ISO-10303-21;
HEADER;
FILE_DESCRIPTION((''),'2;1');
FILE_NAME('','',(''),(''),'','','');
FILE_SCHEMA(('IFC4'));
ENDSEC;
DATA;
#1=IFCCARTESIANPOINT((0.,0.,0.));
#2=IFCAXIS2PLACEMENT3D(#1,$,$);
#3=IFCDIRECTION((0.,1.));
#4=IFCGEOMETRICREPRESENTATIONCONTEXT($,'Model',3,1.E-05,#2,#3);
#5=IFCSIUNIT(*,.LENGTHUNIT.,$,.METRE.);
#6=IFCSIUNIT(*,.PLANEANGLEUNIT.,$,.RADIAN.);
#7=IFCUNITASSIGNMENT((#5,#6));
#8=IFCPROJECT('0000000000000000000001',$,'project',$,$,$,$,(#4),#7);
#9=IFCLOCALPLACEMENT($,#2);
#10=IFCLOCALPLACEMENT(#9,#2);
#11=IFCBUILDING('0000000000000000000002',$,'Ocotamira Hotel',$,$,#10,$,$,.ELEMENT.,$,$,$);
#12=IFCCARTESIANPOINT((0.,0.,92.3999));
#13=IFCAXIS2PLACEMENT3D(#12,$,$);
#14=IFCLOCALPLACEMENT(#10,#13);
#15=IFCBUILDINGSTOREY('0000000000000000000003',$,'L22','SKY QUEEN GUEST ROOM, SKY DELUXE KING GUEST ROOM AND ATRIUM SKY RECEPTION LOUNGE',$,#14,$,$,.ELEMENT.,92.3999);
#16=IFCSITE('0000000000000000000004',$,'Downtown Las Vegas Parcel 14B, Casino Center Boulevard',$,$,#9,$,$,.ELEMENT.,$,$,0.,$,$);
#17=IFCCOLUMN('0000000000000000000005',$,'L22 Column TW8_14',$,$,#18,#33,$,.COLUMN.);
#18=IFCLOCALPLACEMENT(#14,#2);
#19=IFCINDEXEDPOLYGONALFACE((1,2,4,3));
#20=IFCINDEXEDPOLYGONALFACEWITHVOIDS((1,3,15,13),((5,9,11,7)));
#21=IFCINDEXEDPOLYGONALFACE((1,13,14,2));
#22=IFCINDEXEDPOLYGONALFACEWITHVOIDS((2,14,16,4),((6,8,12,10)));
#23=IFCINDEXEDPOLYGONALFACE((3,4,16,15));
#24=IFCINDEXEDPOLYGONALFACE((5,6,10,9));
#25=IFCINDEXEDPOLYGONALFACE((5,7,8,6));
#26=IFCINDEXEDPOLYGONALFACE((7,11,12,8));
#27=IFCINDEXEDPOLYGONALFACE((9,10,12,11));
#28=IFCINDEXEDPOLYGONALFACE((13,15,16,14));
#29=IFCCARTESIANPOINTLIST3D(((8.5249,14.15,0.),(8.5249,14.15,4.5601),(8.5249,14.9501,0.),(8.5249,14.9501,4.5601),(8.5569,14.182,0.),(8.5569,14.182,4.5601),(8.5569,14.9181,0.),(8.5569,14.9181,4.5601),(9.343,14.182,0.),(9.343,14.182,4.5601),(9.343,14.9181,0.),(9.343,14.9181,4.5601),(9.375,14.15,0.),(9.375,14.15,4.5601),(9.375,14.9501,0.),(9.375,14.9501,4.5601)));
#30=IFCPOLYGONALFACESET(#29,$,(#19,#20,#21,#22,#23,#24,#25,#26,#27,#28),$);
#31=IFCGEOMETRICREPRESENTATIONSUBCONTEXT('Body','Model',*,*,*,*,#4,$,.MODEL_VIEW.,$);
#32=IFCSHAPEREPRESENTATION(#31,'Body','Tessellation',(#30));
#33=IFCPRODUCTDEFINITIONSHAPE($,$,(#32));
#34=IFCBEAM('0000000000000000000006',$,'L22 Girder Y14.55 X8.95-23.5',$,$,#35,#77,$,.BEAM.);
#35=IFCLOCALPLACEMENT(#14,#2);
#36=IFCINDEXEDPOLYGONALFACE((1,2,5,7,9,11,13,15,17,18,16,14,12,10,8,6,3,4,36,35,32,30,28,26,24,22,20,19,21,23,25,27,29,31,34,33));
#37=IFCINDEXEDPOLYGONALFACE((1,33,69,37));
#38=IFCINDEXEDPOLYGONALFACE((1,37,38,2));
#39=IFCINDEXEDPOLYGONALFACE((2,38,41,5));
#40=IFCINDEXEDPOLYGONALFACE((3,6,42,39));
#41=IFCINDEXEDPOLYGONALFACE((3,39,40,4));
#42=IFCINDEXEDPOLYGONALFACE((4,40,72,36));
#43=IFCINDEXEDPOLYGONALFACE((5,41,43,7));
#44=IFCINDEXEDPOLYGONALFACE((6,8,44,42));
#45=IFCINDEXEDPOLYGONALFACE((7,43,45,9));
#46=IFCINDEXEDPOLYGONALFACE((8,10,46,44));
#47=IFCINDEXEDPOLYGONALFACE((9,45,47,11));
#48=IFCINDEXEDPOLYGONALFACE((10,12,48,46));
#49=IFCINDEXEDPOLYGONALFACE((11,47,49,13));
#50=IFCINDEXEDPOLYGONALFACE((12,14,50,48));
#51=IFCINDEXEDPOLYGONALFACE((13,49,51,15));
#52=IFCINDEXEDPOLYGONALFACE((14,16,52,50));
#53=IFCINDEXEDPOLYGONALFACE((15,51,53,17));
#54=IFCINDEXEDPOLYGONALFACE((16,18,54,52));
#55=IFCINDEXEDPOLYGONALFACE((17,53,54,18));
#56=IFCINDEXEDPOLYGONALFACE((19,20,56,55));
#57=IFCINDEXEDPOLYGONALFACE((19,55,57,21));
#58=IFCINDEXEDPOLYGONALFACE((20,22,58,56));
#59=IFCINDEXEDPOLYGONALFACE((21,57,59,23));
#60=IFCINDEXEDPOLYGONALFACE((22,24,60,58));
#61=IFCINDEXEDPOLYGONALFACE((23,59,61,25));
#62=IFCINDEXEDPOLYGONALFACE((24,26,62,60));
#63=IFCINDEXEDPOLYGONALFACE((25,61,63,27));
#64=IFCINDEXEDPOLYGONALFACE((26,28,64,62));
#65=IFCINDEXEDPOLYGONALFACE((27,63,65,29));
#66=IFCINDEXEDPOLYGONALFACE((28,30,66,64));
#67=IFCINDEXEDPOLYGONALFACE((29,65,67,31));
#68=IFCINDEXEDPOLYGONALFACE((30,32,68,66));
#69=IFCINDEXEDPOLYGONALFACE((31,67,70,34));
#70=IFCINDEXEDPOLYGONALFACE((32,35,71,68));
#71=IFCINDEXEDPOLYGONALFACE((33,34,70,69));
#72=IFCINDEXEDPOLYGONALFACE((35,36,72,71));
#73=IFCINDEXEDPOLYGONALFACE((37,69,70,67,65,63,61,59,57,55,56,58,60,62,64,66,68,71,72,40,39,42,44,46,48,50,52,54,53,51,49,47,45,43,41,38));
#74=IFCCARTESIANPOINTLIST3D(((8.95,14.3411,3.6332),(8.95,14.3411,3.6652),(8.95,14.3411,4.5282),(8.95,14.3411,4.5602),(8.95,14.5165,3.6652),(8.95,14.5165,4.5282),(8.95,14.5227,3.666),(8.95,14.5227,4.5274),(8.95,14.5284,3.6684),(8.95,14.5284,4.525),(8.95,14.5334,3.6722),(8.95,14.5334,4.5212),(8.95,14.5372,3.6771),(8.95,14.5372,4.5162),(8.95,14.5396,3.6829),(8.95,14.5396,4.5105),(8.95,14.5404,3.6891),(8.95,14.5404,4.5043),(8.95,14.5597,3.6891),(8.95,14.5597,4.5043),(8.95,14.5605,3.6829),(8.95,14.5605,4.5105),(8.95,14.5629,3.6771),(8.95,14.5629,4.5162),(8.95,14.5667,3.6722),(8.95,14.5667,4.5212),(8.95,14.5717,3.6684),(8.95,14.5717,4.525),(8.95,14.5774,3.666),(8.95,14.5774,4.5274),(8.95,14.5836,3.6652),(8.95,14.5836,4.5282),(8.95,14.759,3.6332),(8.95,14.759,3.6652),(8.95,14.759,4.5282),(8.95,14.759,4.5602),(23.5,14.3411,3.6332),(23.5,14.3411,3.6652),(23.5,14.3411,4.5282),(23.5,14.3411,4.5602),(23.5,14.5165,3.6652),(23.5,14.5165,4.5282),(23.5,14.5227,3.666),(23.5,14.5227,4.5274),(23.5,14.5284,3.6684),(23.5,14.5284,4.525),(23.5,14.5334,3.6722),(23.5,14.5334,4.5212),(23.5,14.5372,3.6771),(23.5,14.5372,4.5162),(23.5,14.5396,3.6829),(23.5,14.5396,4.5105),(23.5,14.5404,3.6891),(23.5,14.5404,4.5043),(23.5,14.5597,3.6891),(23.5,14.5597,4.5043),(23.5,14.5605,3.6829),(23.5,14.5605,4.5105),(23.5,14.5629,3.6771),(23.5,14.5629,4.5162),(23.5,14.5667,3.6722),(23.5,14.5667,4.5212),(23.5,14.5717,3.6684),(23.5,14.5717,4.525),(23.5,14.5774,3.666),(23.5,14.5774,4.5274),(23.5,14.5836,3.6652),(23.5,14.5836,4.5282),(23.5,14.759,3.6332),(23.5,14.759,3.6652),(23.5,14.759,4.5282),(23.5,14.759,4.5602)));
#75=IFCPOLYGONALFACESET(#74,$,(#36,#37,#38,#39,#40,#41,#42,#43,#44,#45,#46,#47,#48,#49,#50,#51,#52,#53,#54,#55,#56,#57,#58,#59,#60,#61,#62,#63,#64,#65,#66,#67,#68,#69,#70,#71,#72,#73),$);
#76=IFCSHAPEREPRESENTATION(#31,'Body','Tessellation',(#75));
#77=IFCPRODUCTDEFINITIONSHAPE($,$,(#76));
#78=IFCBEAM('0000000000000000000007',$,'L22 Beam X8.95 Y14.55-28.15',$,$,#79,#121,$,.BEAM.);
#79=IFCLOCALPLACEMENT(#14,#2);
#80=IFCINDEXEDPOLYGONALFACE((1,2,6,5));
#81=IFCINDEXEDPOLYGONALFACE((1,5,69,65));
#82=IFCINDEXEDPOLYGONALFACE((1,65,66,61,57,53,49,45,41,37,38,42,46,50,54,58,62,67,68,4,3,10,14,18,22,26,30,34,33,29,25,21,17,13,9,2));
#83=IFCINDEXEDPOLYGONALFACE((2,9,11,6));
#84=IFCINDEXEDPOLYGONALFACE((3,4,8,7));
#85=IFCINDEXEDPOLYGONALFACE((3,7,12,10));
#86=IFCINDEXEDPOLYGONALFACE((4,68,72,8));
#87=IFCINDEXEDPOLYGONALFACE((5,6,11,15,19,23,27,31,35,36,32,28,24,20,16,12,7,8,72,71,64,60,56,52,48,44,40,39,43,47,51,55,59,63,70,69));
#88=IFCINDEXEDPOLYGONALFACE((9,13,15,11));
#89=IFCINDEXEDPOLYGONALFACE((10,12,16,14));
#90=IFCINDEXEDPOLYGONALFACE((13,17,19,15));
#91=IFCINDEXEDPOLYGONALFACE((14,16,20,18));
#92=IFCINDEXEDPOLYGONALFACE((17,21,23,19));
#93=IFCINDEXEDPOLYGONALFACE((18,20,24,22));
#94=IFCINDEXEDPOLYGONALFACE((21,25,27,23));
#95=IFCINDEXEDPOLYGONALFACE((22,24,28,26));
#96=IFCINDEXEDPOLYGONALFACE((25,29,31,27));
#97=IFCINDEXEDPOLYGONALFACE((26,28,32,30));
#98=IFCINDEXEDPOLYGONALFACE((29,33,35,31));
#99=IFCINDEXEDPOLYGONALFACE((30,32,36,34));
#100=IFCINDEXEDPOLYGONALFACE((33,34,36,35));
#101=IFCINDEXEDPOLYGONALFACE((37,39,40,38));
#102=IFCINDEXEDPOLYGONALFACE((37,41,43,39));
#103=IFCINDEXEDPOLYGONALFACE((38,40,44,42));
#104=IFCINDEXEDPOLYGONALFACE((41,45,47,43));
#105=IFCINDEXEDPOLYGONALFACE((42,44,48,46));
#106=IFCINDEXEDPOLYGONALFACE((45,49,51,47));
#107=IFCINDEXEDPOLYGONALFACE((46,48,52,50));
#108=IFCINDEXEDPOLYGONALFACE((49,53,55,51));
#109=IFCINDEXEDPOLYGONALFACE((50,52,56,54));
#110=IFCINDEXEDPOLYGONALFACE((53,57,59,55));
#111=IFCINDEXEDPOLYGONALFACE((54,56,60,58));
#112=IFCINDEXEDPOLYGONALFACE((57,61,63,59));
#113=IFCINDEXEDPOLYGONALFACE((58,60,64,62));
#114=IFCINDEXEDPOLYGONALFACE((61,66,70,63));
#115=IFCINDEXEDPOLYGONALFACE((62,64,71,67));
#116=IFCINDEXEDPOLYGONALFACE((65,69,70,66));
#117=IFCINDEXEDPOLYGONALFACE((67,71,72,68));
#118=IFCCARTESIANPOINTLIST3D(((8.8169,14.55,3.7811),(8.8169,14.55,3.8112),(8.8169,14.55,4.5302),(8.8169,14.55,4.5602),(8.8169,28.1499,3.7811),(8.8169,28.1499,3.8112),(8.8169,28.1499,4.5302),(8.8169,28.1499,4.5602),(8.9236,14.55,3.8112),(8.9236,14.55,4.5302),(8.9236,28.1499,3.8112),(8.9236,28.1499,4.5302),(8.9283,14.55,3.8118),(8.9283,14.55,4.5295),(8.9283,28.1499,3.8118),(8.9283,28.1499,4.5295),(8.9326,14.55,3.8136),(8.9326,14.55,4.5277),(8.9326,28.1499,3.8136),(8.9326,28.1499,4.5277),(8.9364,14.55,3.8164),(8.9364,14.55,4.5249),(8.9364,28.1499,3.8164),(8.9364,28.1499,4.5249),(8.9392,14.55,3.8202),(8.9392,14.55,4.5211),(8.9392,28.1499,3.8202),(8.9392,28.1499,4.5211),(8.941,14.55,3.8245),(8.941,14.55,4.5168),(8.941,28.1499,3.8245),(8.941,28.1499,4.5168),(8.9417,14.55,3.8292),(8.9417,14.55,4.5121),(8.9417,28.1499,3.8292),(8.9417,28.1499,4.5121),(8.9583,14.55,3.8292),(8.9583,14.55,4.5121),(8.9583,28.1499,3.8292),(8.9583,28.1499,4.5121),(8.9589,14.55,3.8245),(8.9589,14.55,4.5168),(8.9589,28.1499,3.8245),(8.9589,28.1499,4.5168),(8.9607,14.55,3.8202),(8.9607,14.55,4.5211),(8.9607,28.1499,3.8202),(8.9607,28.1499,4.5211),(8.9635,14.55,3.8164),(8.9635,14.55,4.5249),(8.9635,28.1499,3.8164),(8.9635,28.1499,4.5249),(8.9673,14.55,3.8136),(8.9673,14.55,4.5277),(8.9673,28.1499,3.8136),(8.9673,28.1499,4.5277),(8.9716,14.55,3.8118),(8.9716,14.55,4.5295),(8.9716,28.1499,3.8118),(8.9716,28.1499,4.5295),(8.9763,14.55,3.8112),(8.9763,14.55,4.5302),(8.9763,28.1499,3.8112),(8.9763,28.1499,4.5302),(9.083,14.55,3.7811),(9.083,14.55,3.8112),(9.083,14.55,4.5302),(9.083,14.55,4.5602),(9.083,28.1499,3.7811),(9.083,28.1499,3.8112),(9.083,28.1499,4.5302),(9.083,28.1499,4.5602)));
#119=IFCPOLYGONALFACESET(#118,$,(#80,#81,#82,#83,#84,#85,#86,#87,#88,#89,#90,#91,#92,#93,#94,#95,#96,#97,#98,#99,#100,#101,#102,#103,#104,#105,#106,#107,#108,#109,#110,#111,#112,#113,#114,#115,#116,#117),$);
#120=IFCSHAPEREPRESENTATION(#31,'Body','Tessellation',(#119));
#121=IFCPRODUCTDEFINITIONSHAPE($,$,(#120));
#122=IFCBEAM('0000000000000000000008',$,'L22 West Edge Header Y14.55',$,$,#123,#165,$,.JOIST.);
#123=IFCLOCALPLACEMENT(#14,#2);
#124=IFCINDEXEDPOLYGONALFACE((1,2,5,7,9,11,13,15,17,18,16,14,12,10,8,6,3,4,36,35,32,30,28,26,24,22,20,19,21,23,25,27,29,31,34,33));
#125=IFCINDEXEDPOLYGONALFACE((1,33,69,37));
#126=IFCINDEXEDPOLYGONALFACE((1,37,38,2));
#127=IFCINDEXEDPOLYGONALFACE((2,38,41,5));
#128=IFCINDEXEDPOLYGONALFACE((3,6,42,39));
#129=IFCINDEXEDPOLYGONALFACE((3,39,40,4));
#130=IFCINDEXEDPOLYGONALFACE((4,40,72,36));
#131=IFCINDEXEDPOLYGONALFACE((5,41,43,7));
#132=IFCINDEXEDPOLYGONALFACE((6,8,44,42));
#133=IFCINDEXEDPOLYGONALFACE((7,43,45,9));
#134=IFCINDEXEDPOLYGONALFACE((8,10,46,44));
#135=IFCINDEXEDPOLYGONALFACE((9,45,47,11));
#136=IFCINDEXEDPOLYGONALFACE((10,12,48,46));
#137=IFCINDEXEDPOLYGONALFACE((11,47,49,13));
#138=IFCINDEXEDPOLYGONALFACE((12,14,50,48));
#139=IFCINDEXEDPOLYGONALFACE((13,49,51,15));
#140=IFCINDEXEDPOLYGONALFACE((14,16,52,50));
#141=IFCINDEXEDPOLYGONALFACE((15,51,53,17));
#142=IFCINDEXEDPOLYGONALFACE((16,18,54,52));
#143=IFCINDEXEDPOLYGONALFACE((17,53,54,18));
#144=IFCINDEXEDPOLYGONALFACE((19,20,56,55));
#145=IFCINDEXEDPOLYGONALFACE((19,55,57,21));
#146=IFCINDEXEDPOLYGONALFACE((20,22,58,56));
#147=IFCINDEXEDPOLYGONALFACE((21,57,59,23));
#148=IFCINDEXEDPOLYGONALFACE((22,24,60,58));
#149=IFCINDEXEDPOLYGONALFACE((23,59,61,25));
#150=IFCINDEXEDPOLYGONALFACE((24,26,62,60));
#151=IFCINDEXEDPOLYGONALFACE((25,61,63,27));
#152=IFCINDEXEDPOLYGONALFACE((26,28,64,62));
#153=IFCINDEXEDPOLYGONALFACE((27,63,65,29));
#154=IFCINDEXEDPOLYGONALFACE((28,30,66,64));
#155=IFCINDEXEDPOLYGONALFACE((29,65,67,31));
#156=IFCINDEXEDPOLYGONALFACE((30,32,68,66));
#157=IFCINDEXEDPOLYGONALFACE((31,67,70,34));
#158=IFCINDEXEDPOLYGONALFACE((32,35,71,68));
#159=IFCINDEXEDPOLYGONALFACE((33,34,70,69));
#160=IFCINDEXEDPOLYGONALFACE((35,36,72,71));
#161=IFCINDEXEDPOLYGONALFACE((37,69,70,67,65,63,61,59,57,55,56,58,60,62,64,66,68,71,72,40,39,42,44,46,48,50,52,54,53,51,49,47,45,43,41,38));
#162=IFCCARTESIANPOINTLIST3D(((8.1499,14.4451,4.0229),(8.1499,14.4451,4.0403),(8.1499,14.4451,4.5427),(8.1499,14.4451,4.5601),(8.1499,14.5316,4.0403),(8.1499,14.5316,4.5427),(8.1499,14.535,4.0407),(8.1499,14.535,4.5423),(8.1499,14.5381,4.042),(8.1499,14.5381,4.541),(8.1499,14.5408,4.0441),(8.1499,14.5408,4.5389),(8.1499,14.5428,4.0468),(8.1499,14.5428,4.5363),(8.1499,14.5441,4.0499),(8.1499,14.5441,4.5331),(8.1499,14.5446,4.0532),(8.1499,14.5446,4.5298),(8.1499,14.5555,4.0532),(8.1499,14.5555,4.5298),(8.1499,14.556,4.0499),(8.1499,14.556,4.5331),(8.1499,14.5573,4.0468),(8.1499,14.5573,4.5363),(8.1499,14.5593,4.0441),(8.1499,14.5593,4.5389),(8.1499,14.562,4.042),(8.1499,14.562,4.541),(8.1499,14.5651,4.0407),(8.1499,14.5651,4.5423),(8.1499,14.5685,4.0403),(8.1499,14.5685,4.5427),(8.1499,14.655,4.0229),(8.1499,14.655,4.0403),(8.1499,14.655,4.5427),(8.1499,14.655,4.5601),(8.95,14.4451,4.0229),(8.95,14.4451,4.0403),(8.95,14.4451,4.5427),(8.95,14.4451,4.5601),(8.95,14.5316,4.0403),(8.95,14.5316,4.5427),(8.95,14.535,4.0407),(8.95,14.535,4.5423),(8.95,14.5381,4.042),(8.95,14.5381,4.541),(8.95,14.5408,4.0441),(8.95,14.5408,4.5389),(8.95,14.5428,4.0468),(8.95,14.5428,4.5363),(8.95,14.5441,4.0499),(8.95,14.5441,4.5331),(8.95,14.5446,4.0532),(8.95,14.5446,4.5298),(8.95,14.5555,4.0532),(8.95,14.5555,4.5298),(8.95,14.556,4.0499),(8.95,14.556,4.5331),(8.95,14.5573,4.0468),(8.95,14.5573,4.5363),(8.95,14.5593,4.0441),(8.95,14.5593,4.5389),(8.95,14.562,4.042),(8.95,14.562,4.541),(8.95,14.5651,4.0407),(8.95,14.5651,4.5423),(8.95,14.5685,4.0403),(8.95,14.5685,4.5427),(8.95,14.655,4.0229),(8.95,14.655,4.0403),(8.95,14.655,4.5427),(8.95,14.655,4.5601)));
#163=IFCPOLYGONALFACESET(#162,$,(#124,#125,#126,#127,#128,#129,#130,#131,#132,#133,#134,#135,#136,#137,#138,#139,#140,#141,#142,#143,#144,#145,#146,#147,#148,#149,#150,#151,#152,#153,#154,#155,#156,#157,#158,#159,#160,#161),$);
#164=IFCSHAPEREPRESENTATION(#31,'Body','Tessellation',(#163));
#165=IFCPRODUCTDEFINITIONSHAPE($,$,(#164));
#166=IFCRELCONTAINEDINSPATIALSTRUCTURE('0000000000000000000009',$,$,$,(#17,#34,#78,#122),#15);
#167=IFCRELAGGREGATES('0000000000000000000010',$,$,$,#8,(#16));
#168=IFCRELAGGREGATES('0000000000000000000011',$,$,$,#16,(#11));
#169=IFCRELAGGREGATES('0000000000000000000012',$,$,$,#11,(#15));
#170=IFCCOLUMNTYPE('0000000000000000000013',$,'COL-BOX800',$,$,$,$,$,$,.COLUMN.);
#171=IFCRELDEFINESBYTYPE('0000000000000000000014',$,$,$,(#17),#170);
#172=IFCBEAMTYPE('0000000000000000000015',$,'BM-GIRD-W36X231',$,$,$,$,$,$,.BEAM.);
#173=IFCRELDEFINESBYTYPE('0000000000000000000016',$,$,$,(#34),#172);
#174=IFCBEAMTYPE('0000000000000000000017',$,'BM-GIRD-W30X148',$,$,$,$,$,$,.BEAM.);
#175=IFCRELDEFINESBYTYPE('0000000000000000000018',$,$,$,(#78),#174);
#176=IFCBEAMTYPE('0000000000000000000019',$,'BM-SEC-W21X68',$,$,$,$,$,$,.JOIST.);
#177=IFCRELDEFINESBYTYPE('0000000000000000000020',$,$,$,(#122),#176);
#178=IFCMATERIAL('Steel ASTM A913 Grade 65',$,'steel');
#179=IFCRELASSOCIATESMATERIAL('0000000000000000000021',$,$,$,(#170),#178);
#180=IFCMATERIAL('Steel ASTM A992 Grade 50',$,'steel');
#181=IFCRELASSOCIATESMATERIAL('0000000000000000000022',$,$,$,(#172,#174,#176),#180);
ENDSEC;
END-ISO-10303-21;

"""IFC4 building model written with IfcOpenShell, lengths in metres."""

from ifc_helpers import new_model, si_unit, direction, frame, origin, origin_2d, place, context, subcontext, project, spatial, hollow_rectangle, i_section, extrude, source, transform, mapped, material, material_profile, profile_set, type_object, element, save


model = new_model("IFC4")

# Units and contexts
model_context = context("Model", 3, precision=1e-05, world=origin(), true_north=direction((0.0, 1.0)))
body_context = subcontext(model_context, "Body", "Model", "MODEL_VIEW")
ifc_project = project(units=[si_unit("LENGTHUNIT", "METRE"), si_unit("PLANEANGLEUNIT", "RADIAN")], contexts=[model_context])

# Site, building, storey
site_placement = place(None, origin())
site = spatial("IfcSite", under=ifc_project, at=site_placement, Name="Downtown Las Vegas Parcel 14B, Casino Center Boulevard", CompositionType="ELEMENT", RefElevation=0.0)
building_placement = place(site_placement, origin())
building = spatial("IfcBuilding", under=site, at=building_placement, Name="Ocotamira Hotel", CompositionType="ELEMENT")
storey_placement = place(building_placement, frame((0.0, 0.0, 92.3999)))
storey = spatial("IfcBuildingStorey", under=building, at=storey_placement, Name="L22", Description="SKY QUEEN GUEST ROOM, SKY DELUXE KING GUEST ROOM AND ATRIUM SKY RECEPTION LOUNGE", CompositionType="ELEMENT", Elevation=92.3999)

# Column
ifc_material_1 = material(Name="Steel ASTM A913 Grade 65", Category="steel")
ifc_material_profile_1 = material_profile(ifc_material_1, hollow_rectangle(XDim=0.8501, YDim=0.8, WallThickness=0.032, at=origin_2d()), Name="BOX800X850X32")
ifc_profile_set_1 = profile_set([ifc_material_profile_1], Name="Steel ASTM A913 Grade 65")
column_type = type_object("IfcColumnType", Name="COL-BOX800", PredefinedType="COLUMN", material=ifc_profile_set_1)
shared_shape_1 = source(origin(), body_context, "Body", "SweptSolid", [
    extrude(hollow_rectangle(XDim=0.8501, YDim=0.8, WallThickness=0.032, at=origin_2d()), origin(), (0.0, 0.0, 1.0), 4.5601),
])
column_placement = place(storey_placement, frame((8.95, 14.55, 0.0), z_axis=(0.0, 0.0, 1.0), x_axis=(1.0, 0.0, 0.0)))
element("IfcColumn", 1, at=column_placement, inside=storey, type_object=column_type, Name="L22 Column TW8_14", PredefinedType="COLUMN", context=body_context, shape_type="MappedRepresentation", body=[
    mapped(shared_shape_1, transform((0.0, 0.0, 0.0), scale=1.0)),
])

# Beams
ifc_material_2 = material(Name="Steel ASTM A992 Grade 50", Category="steel")
ifc_material_profile_2 = material_profile(ifc_material_2, i_section(OverallWidth=0.418, OverallDepth=0.927, WebThickness=0.0193, FlangeThickness=0.032, FilletRadius=0.0239, at=origin_2d()), Name="W36X231")
ifc_profile_set_2 = profile_set([ifc_material_profile_2], Name="Steel ASTM A992 Grade 50")
beam_type_1 = type_object("IfcBeamType", Name="BM-GIRD-W36X231", PredefinedType="BEAM", material=ifc_profile_set_2)
shared_shape_2 = source(origin(), body_context, "Body", "SweptSolid", [
    extrude(i_section(OverallWidth=0.418, OverallDepth=0.927, WebThickness=0.0193, FlangeThickness=0.032, FilletRadius=0.0239, at=origin_2d()), origin(), (0.0, 0.0, 1.0), 14.55),
])
beam_1_placement = place(storey_placement, frame((8.95, 14.55, 4.0967), z_axis=(1.0, 0.0, 0.0), x_axis=(0.0, 1.0, 0.0)))
element("IfcBeam", 2, at=beam_1_placement, inside=storey, type_object=beam_type_1, Name="L22 Girder Y14.55 X8.95-23.5", PredefinedType="BEAM", context=body_context, shape_type="MappedRepresentation", body=[
    mapped(shared_shape_2, transform((0.0, 0.0, 0.0), scale=1.0)),
])
ifc_material_profile_3 = material_profile(ifc_material_2, i_section(OverallWidth=0.2661, OverallDepth=0.7791, WebThickness=0.0166, FlangeThickness=0.03, FilletRadius=0.0181, at=origin_2d()), Name="W30X148")
ifc_profile_set_3 = profile_set([ifc_material_profile_3], Name="Steel ASTM A992 Grade 50")
beam_type_2 = type_object("IfcBeamType", Name="BM-GIRD-W30X148", PredefinedType="BEAM", material=ifc_profile_set_3)
shared_shape_3 = source(origin(), body_context, "Body", "SweptSolid", [
    extrude(i_section(OverallWidth=0.2661, OverallDepth=0.7791, WebThickness=0.0166, FlangeThickness=0.03, FilletRadius=0.0181, at=origin_2d()), origin(), (0.0, 0.0, 1.0), 13.5999),
])
beam_2_placement = place(storey_placement, frame((8.95, 14.55, 4.1707), z_axis=(0.0, 1.0, 0.0), x_axis=(-1.0, 0.0, 0.0)))
element("IfcBeam", 3, at=beam_2_placement, inside=storey, type_object=beam_type_2, Name="L22 Beam X8.95 Y14.55-28.15", PredefinedType="BEAM", context=body_context, shape_type="MappedRepresentation", body=[
    mapped(shared_shape_3, transform((0.0, 0.0, 0.0), scale=1.0)),
])
ifc_material_profile_4 = material_profile(ifc_material_2, i_section(OverallWidth=0.21, OverallDepth=0.5371, WebThickness=0.011, FlangeThickness=0.0173, FilletRadius=0.0129, at=origin_2d()), Name="W21X68")
ifc_profile_set_4 = profile_set([ifc_material_profile_4], Name="Steel ASTM A992 Grade 50")
beam_type_3 = type_object("IfcBeamType", Name="BM-SEC-W21X68", PredefinedType="JOIST", material=ifc_profile_set_4)
shared_shape_4 = source(origin(), body_context, "Body", "SweptSolid", [
    extrude(i_section(OverallWidth=0.21, OverallDepth=0.5371, WebThickness=0.011, FlangeThickness=0.0173, FilletRadius=0.0129, at=origin_2d()), origin(), (0.0, 0.0, 1.0), 0.8),
])
beam_3_placement = place(storey_placement, frame((8.95, 14.55, 4.2915), z_axis=(-1.0, 0.0, 0.0), x_axis=(0.0, -1.0, 0.0)))
element("IfcBeam", 4, at=beam_3_placement, inside=storey, type_object=beam_type_3, Name="L22 West Edge Header Y14.55", PredefinedType="JOIST", context=body_context, shape_type="MappedRepresentation", body=[
    mapped(shared_shape_4, transform((0.0, 0.0, 0.0), scale=1.0)),
])

save(model, "model.ifc")
